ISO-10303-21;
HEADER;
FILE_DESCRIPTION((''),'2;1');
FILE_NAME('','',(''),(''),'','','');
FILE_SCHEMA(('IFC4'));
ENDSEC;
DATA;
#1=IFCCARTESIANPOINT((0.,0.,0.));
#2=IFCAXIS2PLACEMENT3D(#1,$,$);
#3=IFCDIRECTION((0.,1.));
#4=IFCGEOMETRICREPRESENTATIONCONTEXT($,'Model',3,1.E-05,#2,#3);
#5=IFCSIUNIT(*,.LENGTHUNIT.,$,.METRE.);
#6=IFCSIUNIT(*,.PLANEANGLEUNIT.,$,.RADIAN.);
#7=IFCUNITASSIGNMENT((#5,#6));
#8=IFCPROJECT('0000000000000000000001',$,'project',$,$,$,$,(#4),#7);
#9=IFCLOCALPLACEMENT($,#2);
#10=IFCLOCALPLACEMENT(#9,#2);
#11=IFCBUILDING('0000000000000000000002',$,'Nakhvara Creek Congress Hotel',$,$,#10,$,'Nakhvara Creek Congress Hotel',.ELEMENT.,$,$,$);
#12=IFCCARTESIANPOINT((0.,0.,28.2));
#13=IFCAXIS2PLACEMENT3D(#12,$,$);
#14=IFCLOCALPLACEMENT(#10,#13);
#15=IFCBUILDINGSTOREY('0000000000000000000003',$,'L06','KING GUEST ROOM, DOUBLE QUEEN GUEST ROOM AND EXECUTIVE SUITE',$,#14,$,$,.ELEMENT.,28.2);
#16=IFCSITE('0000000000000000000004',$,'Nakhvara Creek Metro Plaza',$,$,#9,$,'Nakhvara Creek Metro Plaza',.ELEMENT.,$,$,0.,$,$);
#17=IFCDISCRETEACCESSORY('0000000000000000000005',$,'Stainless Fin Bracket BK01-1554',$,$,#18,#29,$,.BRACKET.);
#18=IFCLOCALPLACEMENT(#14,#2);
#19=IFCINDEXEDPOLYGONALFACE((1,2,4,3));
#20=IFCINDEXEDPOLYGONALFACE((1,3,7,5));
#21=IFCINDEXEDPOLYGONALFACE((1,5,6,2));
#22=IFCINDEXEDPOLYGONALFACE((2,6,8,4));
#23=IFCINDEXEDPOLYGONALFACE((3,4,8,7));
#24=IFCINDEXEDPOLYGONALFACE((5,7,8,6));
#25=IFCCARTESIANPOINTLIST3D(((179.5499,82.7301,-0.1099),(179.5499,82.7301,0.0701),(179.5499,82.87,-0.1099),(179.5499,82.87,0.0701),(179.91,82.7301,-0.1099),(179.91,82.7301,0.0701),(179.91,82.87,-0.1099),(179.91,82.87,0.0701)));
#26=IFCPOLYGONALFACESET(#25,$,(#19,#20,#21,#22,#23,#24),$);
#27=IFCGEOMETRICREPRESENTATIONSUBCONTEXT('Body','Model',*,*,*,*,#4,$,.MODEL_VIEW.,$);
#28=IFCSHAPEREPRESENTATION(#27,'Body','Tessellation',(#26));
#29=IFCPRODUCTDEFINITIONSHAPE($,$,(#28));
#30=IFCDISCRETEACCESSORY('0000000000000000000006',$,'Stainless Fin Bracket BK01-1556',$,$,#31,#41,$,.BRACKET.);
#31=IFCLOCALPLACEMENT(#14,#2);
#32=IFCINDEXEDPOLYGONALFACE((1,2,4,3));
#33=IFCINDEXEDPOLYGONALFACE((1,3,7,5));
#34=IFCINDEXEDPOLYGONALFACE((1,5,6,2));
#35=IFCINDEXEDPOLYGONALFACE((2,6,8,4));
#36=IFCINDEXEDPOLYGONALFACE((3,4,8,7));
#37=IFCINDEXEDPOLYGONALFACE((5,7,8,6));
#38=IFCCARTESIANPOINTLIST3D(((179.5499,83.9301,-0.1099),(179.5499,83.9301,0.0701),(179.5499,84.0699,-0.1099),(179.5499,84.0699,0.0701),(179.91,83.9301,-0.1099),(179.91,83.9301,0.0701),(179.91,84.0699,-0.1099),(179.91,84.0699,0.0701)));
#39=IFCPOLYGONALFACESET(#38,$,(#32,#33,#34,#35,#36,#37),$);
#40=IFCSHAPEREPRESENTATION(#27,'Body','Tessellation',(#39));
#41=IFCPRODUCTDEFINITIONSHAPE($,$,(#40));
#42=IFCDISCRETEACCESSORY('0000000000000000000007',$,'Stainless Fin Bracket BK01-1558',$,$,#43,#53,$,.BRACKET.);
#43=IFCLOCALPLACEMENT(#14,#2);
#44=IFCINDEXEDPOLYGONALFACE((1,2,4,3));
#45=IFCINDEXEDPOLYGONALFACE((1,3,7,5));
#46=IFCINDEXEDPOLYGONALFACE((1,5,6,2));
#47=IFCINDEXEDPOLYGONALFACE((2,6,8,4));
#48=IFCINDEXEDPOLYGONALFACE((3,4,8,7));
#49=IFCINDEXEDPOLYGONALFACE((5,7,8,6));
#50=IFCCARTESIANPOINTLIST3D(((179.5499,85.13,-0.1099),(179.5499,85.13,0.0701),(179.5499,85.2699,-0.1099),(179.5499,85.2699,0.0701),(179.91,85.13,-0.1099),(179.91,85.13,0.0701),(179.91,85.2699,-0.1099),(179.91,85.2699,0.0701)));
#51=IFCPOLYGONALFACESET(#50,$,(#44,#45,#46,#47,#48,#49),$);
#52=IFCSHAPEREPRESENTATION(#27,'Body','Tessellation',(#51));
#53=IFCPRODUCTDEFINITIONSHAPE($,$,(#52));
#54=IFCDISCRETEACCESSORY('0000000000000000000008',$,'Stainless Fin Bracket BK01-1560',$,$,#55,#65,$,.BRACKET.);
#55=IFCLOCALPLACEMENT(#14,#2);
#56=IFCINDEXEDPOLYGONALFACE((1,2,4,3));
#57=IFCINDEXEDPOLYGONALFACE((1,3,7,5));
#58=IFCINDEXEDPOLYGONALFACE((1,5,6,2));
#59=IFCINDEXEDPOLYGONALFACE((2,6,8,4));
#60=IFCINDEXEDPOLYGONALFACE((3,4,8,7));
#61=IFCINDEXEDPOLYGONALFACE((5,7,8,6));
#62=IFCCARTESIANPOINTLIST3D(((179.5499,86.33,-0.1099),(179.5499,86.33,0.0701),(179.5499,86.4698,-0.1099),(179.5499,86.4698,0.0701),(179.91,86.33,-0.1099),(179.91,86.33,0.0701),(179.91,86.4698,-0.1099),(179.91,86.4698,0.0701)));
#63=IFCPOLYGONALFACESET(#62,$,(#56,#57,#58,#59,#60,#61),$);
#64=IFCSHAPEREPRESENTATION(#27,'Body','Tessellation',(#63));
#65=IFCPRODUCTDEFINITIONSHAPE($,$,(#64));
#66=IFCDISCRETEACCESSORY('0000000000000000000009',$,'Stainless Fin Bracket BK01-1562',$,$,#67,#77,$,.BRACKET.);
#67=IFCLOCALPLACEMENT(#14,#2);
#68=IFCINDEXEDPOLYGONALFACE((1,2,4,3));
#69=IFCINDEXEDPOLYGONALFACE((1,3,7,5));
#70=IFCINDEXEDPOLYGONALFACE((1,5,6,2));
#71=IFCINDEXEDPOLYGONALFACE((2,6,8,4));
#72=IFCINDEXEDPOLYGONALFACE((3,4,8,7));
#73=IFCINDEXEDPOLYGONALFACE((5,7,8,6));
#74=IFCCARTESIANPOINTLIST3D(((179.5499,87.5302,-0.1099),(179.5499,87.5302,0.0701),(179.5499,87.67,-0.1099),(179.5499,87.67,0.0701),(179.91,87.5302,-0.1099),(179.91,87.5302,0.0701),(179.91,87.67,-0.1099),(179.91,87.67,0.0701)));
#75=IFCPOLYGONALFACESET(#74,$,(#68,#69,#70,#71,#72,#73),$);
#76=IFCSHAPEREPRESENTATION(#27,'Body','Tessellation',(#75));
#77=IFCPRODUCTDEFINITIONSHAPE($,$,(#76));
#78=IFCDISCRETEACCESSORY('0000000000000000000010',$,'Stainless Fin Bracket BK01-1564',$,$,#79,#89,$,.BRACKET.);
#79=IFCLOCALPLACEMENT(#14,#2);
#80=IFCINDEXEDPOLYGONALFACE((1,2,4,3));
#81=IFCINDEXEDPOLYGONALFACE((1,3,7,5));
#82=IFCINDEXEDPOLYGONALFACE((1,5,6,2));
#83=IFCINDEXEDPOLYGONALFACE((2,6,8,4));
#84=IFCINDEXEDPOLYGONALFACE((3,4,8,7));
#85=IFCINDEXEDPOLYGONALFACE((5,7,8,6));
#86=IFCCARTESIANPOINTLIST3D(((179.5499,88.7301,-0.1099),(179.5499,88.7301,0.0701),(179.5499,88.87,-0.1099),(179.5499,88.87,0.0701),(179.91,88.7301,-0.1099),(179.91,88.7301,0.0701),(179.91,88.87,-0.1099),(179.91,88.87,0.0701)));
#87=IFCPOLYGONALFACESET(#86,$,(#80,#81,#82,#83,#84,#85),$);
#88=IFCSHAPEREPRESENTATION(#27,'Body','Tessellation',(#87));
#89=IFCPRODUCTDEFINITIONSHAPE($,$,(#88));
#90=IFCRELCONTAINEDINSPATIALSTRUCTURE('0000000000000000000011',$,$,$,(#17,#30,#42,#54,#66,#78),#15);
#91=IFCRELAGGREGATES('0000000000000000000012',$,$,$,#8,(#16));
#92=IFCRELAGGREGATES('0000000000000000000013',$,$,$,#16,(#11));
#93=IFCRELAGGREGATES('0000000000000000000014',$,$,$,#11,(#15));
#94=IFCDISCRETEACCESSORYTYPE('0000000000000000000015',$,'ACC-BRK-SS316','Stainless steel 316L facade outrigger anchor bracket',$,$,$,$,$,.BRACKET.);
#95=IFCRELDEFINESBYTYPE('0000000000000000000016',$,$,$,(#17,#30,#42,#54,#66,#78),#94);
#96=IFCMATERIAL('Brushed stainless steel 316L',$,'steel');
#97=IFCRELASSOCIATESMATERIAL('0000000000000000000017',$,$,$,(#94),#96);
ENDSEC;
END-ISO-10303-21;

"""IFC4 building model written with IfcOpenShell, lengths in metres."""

from ifc_helpers import new_model, si_unit, direction, frame, origin, origin_2d, place, context, subcontext, project, spatial, rectangle, extrude, material, type_object, element, save


model = new_model("IFC4")

# Units and contexts
model_context = context("Model", 3, precision=1e-05, world=origin(), true_north=direction((0.0, 1.0)))
body_context = subcontext(model_context, "Body", "Model", "MODEL_VIEW")
ifc_project = project(units=[si_unit("LENGTHUNIT", "METRE"), si_unit("PLANEANGLEUNIT", "RADIAN")], contexts=[model_context])

# Site, building, storey
site_placement = place(None, origin())
site = spatial("IfcSite", under=ifc_project, at=site_placement, Name="Nakhvara Creek Metro Plaza", LongName="Nakhvara Creek Metro Plaza", CompositionType="ELEMENT", RefElevation=0.0)
building_placement = place(site_placement, origin())
building = spatial("IfcBuilding", under=site, at=building_placement, Name="Nakhvara Creek Congress Hotel", LongName="Nakhvara Creek Congress Hotel", CompositionType="ELEMENT")
storey_placement = place(building_placement, frame((0.0, 0.0, 28.2)))
storey = spatial("IfcBuildingStorey", under=building, at=storey_placement, Name="L06", Description="KING GUEST ROOM, DOUBLE QUEEN GUEST ROOM AND EXECUTIVE SUITE", CompositionType="ELEMENT", Elevation=28.2)

# Discrete accessories
ifc_material_1 = material(Name="Brushed stainless steel 316L", Category="steel")
discrete_accessory_type = type_object("IfcDiscreteAccessoryType", Name="ACC-BRK-SS316", Description="Stainless steel 316L facade outrigger anchor bracket", PredefinedType="BRACKET", material=ifc_material_1)
for number, where, z_axis, x_axis, name in (
    (1, (179.73, 82.8, -0.1099), (0.0, 0.0, 1.0), (0.0, 1.0, 0.0), "Stainless Fin Bracket BK01-1554"),
    (2, (179.73, 84.0, -0.1099), (0.0, 0.0, 1.0), (0.0, 1.0, 0.0), "Stainless Fin Bracket BK01-1556"),
    (3, (179.73, 85.2, -0.1099), (0.0, 0.0, 1.0), (0.0, 1.0, 0.0), "Stainless Fin Bracket BK01-1558"),
    (4, (179.73, 86.3999, -0.1099), (0.0, 0.0, 1.0), (0.0, 1.0, 0.0), "Stainless Fin Bracket BK01-1560"),
    (5, (179.73, 87.6001, -0.1099), (0.0, 0.0, 1.0), (0.0, 1.0, 0.0), "Stainless Fin Bracket BK01-1562"),
    (6, (179.73, 88.8, -0.1099), (0.0, 0.0, 1.0), (0.0, 1.0, 0.0), "Stainless Fin Bracket BK01-1564"),
):
    element("IfcDiscreteAccessory", number, at=place(storey_placement, frame(where, z_axis=z_axis, x_axis=x_axis)), inside=storey, type_object=discrete_accessory_type, Name=name, PredefinedType="BRACKET", context=body_context, shape_type="SweptSolid", body=[
        extrude(rectangle(XDim=0.1399, YDim=0.3601, at=origin_2d()), origin(), (0.0, 0.0, 1.0), 0.1799),
    ])

save(model, "model.ifc")
